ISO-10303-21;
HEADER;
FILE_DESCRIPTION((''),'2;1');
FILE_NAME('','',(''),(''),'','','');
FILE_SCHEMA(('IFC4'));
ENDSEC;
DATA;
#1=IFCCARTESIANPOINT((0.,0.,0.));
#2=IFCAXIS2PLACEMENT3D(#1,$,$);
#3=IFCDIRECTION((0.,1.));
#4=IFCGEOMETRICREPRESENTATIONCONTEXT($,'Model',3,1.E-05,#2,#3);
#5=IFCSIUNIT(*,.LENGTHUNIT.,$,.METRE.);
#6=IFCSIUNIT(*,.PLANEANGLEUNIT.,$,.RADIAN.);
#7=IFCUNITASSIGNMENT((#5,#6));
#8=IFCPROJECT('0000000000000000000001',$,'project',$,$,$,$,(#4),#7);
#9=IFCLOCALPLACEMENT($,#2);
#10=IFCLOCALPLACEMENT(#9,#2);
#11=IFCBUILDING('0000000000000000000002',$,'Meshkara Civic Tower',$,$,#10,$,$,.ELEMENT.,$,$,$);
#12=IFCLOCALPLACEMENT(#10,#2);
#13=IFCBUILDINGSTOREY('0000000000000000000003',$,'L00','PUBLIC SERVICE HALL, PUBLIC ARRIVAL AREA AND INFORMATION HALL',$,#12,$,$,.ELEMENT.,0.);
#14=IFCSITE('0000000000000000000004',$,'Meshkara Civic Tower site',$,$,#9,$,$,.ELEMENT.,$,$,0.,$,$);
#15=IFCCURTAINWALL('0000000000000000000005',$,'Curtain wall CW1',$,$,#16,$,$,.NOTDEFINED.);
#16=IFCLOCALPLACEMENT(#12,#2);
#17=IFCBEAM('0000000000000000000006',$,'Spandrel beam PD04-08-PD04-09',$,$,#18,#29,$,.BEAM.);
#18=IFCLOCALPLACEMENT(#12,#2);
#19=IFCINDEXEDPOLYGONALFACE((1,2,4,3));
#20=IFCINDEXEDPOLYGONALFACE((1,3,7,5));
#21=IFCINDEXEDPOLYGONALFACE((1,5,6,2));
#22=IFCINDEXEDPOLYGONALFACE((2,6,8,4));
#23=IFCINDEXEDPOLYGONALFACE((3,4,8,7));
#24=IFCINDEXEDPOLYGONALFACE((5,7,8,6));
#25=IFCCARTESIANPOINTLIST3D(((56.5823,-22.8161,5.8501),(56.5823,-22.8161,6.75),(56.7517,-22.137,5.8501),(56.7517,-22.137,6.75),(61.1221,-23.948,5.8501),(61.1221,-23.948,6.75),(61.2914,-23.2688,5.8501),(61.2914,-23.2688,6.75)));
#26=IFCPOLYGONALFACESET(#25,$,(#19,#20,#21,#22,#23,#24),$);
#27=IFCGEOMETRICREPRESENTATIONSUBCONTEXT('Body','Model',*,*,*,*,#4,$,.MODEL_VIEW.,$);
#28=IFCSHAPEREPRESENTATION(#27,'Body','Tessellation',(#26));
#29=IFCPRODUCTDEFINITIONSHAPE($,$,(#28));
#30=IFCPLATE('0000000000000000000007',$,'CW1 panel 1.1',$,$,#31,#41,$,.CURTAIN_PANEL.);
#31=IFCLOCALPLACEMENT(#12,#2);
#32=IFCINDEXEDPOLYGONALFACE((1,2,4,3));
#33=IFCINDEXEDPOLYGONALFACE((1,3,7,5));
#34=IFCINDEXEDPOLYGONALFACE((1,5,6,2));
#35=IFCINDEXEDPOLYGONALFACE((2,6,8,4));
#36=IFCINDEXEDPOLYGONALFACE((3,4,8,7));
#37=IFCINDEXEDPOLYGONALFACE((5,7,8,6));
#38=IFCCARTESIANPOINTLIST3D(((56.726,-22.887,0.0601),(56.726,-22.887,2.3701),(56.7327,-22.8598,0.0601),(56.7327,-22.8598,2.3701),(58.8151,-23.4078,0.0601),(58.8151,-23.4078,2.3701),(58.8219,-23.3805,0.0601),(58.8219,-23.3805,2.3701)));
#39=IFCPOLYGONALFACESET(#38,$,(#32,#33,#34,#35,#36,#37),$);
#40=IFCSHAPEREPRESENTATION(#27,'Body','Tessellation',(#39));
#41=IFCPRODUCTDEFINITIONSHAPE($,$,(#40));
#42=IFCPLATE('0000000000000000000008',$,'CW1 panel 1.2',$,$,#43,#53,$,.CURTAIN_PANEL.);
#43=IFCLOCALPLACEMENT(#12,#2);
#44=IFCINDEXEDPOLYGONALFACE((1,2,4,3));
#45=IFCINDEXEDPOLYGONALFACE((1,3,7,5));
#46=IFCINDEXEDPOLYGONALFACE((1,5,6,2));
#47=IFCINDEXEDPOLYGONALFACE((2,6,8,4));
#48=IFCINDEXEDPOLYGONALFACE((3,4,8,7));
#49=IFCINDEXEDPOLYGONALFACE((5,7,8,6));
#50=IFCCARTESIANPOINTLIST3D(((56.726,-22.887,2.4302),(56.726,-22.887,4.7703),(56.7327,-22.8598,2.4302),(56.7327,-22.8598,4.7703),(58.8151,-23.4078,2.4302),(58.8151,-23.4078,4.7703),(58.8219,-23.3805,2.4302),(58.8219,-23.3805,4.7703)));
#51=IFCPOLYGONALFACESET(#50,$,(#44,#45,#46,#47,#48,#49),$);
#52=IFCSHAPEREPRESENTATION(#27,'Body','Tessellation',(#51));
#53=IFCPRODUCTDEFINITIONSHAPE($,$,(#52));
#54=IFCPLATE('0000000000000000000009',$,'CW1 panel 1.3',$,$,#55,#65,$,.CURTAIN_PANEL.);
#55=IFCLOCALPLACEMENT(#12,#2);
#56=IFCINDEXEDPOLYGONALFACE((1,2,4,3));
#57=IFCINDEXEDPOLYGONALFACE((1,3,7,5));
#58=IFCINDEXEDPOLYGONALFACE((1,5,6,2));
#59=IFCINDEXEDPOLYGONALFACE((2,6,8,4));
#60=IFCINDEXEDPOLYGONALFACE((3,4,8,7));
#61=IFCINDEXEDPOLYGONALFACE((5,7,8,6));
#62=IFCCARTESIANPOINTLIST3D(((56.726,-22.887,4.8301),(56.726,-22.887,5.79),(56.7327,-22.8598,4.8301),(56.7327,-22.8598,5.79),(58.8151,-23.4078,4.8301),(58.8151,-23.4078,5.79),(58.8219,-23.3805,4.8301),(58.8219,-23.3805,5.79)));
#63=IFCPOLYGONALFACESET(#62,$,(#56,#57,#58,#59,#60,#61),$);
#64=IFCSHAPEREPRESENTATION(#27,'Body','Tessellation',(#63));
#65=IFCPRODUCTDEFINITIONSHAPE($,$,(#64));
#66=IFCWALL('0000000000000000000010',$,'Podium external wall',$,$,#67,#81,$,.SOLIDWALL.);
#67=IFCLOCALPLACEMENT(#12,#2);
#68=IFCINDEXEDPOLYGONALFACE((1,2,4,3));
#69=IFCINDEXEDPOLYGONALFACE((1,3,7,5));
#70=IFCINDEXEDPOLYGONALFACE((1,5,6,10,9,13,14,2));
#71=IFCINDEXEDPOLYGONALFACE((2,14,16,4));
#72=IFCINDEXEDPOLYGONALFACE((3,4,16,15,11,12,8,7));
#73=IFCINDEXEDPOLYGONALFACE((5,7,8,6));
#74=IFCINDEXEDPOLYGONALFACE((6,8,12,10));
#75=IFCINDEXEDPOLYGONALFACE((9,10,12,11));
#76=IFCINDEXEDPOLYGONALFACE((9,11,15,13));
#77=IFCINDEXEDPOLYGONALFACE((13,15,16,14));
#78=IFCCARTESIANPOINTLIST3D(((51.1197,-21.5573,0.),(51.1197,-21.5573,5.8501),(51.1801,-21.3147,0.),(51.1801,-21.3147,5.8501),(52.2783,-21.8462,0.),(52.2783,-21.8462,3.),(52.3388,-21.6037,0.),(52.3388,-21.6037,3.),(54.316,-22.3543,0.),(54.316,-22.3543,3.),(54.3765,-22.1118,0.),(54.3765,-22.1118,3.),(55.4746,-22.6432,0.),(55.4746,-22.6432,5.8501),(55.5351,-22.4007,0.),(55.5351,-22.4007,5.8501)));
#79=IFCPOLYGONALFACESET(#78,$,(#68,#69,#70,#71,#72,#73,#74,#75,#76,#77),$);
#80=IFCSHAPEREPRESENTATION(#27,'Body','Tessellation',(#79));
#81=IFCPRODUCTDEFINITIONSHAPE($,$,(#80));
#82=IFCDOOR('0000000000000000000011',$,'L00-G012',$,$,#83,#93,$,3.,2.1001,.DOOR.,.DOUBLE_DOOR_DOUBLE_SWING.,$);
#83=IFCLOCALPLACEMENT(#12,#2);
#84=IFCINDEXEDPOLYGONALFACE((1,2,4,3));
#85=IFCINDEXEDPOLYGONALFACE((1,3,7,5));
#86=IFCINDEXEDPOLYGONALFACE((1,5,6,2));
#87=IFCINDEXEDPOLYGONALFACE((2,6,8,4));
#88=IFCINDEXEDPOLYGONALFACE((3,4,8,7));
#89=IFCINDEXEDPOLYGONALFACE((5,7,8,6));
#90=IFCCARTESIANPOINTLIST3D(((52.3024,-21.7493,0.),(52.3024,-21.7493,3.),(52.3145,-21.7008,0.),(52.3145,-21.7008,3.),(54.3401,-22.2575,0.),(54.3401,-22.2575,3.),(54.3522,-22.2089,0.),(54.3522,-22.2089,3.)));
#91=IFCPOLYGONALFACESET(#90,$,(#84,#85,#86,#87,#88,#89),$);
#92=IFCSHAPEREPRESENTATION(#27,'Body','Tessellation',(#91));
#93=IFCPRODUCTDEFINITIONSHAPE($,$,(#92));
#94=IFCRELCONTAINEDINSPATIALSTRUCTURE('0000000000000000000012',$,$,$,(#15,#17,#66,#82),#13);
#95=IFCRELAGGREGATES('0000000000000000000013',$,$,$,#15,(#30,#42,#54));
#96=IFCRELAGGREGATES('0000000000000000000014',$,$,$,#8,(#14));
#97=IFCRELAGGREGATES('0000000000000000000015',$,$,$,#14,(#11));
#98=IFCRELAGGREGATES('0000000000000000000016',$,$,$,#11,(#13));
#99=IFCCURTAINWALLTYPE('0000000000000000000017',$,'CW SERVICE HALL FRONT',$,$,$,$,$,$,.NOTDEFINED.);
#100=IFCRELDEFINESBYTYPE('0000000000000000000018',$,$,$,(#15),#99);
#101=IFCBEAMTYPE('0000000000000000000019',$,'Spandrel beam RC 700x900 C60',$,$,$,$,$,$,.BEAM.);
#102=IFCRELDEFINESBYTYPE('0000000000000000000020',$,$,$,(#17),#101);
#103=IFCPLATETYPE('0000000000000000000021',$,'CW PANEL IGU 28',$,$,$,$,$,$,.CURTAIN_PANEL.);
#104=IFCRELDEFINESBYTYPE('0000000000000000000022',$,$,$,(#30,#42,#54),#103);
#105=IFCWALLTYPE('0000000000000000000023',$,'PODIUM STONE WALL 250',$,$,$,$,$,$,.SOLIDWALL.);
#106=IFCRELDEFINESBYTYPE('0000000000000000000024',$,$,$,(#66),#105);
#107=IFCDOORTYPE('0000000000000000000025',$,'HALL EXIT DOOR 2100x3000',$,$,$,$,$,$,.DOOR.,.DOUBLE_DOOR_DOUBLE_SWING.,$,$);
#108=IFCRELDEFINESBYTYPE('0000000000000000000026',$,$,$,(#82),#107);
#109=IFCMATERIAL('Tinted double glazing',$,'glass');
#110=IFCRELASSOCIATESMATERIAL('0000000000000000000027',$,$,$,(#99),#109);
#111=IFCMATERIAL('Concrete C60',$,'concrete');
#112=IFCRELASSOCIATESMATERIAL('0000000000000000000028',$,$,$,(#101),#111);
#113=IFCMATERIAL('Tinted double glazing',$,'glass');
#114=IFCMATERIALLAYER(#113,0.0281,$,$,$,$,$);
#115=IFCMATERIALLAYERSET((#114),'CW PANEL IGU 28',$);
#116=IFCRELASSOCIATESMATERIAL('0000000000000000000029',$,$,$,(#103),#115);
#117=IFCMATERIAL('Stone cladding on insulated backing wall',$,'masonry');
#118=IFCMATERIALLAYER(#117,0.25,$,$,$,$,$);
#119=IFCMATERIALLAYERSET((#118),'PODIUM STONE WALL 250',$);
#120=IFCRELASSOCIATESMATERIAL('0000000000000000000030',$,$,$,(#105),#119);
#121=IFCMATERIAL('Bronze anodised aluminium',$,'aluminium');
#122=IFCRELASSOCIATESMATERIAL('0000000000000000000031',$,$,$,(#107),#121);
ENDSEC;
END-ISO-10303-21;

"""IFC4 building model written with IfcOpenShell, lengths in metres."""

from ifc_helpers import new_model, si_unit, direction, frame, frame_2d, origin, origin_2d, place, context, subcontext, project, spatial, rectangle, extrude, material, layer, layer_set, material_profile, profile_set, type_object, element, fill, aggregate, save


model = new_model("IFC4")

# Units and contexts
model_context = context("Model", 3, precision=1e-05, world=origin(), true_north=direction((0.0, 1.0)))
body_context = subcontext(model_context, "Body", "Model", "MODEL_VIEW")
ifc_project = project(units=[si_unit("LENGTHUNIT", "METRE"), si_unit("PLANEANGLEUNIT", "RADIAN")], contexts=[model_context])

# Site, building, storey
site_placement = place(None, origin())
site = spatial("IfcSite", under=ifc_project, at=site_placement, Name="Meshkara Civic Tower site", CompositionType="ELEMENT", RefElevation=0.0)
building_placement = place(site_placement, origin())
building = spatial("IfcBuilding", under=site, at=building_placement, Name="Meshkara Civic Tower", CompositionType="ELEMENT")
storey_placement = place(building_placement, origin())
storey = spatial("IfcBuildingStorey", under=building, at=storey_placement, Name="L00", Description="PUBLIC SERVICE HALL, PUBLIC ARRIVAL AREA AND INFORMATION HALL", CompositionType="ELEMENT", Elevation=0.0)

# Curtain wall
ifc_material_1 = material(Name="Tinted double glazing", Category="glass")
curtain_wall_type = type_object("IfcCurtainWallType", Name="CW SERVICE HALL FRONT", PredefinedType="NOTDEFINED", material=ifc_material_1)
curtain_wall_placement = place(storey_placement, origin())
curtain_wall = element("IfcCurtainWall", 1, at=curtain_wall_placement, inside=storey, type_object=curtain_wall_type, Name="Curtain wall CW1", PredefinedType="NOTDEFINED")

# Beam
ifc_material_2 = material(Name="Concrete C60", Category="concrete")
ifc_material_profile_1 = material_profile(ifc_material_2, rectangle(XDim=0.7, YDim=0.8999, at=origin_2d()))
ifc_profile_set_1 = profile_set([ifc_material_profile_1], Name="Concrete C60")
beam_type = type_object("IfcBeamType", Name="Spandrel beam RC 700x900 C60", PredefinedType="BEAM", material=ifc_profile_set_1)
beam_1_placement = place(storey_placement, frame((56.667, -22.4766, 6.3), z_axis=(0.970299, -0.241909, 0.0), x_axis=(0.241909, 0.970299, 0.0)))
element("IfcBeam", 2, at=beam_1_placement, inside=storey, type_object=beam_type, Name="Spandrel beam PD04-08-PD04-09", PredefinedType="BEAM", context=body_context, shape_type="SweptSolid", body=[
    extrude(rectangle(XDim=0.7, YDim=0.8999, at=origin_2d()), origin(), (0.0, 0.0, 1.0), 4.6787),
])

# Plates
ifc_material_3 = material(Name="Tinted double glazing", Category="glass")
ifc_layer_1 = layer(ifc_material_3, 0.0281)
ifc_layer_set_1 = layer_set([ifc_layer_1], Name="CW PANEL IGU 28")
plate_type = type_object("IfcPlateType", Name="CW PANEL IGU 28", PredefinedType="CURTAIN_PANEL", material=ifc_layer_set_1)
plate_1_placement = place(storey_placement, frame((57.7739, -23.1338, 0.0601), z_axis=(0.0, 0.0, 1.0), x_axis=(0.970313, -0.241854, 0.0)))
plate_1 = element("IfcPlate", 3, at=plate_1_placement, type_object=plate_type, Name="CW1 panel 1.1", PredefinedType="CURTAIN_PANEL", context=body_context, shape_type="SweptSolid", body=[
    extrude(rectangle(XDim=2.1531, YDim=0.0281, at=origin_2d()), origin(), (0.0, 0.0, 1.0), 2.3101),
])
plate_2_placement = place(storey_placement, frame((57.7739, -23.1338, 2.4302), z_axis=(0.0, 0.0, 1.0), x_axis=(0.970313, -0.241854, 0.0)))
plate_2 = element("IfcPlate", 4, at=plate_2_placement, type_object=plate_type, Name="CW1 panel 1.2", PredefinedType="CURTAIN_PANEL", context=body_context, shape_type="SweptSolid", body=[
    extrude(rectangle(XDim=2.1531, YDim=0.0281, at=origin_2d()), origin(), (0.0, 0.0, 1.0), 2.3401),
])
plate_3_placement = place(storey_placement, frame((57.7739, -23.1338, 4.8301), z_axis=(0.0, 0.0, 1.0), x_axis=(0.970313, -0.241854, 0.0)))
plate_3 = element("IfcPlate", 5, at=plate_3_placement, type_object=plate_type, Name="CW1 panel 1.3", PredefinedType="CURTAIN_PANEL", context=body_context, shape_type="SweptSolid", body=[
    extrude(rectangle(XDim=2.1531, YDim=0.0281, at=origin_2d()), origin(), (0.0, 0.0, 1.0), 0.96),
])
aggregate(curtain_wall, [plate_1, plate_2, plate_3])

# Wall, opening, door
ifc_material_4 = material(Name="Stone cladding on insulated backing wall", Category="masonry")
ifc_layer_2 = layer(ifc_material_4, 0.25)
ifc_layer_set_2 = layer_set([ifc_layer_2], Name="PODIUM STONE WALL 250")
wall_type = type_object("IfcWallType", Name="PODIUM STONE WALL 250", PredefinedType="SOLIDWALL", material=ifc_layer_set_2)
wall_placement = place(storey_placement, frame((51.1499, -21.436, 0.0), z_axis=(0.0, 0.0, 1.0), x_axis=(0.97029, -0.241947, 0.0)))
wall = element("IfcWall", 6, at=wall_placement, inside=storey, type_object=wall_type, Name="Podium external wall", PredefinedType="SOLIDWALL", context=body_context, shape_type="SweptSolid", body=[
    extrude(rectangle(XDim=4.4883, YDim=0.25, at=frame_2d((2.2441, 0.0))), origin(), (0.0, 0.0, 1.0), 5.8501),
])
opening_placement = place(wall_placement, frame((1.1941, 0.0, 0.0)))
opening = element("IfcOpeningElement", 7, at=opening_placement, cuts=wall, PredefinedType="OPENING", context=body_context, shape_type="SweptSolid", body=[
    extrude(rectangle(XDim=2.1001, YDim=3.0, at=frame_2d((1.05, 1.5))), frame((0.0, 0.135, 0.0), z_axis=(0.0, -1.0, 0.0), x_axis=(1.0, 0.0, 0.0)), (0.0, 0.0, 1.0), 0.27),
])
ifc_material_5 = material(Name="Bronze anodised aluminium", Category="aluminium")
door_type = type_object("IfcDoorType", Name="HALL EXIT DOOR 2100x3000", OperationType="DOUBLE_DOOR_DOUBLE_SWING", PredefinedType="DOOR", material=ifc_material_5)
door_placement = place(opening_placement, origin())
door = element("IfcDoor", 8, at=door_placement, inside=storey, type_object=door_type, Name="L00-G012", OperationType="DOUBLE_DOOR_DOUBLE_SWING", OverallHeight=3.0, OverallWidth=2.1001, PredefinedType="DOOR", context=body_context, shape_type="SweptSolid", body=[
    extrude(rectangle(XDim=2.1001, YDim=3.0, at=frame_2d((1.05, 1.5))), frame((0.0, 0.0249, 0.0), z_axis=(0.0, -1.0, 0.0), x_axis=(1.0, 0.0, 0.0)), (0.0, 0.0, 1.0), 0.05),
])
fill(opening, door)

save(model, "model.ifc")
